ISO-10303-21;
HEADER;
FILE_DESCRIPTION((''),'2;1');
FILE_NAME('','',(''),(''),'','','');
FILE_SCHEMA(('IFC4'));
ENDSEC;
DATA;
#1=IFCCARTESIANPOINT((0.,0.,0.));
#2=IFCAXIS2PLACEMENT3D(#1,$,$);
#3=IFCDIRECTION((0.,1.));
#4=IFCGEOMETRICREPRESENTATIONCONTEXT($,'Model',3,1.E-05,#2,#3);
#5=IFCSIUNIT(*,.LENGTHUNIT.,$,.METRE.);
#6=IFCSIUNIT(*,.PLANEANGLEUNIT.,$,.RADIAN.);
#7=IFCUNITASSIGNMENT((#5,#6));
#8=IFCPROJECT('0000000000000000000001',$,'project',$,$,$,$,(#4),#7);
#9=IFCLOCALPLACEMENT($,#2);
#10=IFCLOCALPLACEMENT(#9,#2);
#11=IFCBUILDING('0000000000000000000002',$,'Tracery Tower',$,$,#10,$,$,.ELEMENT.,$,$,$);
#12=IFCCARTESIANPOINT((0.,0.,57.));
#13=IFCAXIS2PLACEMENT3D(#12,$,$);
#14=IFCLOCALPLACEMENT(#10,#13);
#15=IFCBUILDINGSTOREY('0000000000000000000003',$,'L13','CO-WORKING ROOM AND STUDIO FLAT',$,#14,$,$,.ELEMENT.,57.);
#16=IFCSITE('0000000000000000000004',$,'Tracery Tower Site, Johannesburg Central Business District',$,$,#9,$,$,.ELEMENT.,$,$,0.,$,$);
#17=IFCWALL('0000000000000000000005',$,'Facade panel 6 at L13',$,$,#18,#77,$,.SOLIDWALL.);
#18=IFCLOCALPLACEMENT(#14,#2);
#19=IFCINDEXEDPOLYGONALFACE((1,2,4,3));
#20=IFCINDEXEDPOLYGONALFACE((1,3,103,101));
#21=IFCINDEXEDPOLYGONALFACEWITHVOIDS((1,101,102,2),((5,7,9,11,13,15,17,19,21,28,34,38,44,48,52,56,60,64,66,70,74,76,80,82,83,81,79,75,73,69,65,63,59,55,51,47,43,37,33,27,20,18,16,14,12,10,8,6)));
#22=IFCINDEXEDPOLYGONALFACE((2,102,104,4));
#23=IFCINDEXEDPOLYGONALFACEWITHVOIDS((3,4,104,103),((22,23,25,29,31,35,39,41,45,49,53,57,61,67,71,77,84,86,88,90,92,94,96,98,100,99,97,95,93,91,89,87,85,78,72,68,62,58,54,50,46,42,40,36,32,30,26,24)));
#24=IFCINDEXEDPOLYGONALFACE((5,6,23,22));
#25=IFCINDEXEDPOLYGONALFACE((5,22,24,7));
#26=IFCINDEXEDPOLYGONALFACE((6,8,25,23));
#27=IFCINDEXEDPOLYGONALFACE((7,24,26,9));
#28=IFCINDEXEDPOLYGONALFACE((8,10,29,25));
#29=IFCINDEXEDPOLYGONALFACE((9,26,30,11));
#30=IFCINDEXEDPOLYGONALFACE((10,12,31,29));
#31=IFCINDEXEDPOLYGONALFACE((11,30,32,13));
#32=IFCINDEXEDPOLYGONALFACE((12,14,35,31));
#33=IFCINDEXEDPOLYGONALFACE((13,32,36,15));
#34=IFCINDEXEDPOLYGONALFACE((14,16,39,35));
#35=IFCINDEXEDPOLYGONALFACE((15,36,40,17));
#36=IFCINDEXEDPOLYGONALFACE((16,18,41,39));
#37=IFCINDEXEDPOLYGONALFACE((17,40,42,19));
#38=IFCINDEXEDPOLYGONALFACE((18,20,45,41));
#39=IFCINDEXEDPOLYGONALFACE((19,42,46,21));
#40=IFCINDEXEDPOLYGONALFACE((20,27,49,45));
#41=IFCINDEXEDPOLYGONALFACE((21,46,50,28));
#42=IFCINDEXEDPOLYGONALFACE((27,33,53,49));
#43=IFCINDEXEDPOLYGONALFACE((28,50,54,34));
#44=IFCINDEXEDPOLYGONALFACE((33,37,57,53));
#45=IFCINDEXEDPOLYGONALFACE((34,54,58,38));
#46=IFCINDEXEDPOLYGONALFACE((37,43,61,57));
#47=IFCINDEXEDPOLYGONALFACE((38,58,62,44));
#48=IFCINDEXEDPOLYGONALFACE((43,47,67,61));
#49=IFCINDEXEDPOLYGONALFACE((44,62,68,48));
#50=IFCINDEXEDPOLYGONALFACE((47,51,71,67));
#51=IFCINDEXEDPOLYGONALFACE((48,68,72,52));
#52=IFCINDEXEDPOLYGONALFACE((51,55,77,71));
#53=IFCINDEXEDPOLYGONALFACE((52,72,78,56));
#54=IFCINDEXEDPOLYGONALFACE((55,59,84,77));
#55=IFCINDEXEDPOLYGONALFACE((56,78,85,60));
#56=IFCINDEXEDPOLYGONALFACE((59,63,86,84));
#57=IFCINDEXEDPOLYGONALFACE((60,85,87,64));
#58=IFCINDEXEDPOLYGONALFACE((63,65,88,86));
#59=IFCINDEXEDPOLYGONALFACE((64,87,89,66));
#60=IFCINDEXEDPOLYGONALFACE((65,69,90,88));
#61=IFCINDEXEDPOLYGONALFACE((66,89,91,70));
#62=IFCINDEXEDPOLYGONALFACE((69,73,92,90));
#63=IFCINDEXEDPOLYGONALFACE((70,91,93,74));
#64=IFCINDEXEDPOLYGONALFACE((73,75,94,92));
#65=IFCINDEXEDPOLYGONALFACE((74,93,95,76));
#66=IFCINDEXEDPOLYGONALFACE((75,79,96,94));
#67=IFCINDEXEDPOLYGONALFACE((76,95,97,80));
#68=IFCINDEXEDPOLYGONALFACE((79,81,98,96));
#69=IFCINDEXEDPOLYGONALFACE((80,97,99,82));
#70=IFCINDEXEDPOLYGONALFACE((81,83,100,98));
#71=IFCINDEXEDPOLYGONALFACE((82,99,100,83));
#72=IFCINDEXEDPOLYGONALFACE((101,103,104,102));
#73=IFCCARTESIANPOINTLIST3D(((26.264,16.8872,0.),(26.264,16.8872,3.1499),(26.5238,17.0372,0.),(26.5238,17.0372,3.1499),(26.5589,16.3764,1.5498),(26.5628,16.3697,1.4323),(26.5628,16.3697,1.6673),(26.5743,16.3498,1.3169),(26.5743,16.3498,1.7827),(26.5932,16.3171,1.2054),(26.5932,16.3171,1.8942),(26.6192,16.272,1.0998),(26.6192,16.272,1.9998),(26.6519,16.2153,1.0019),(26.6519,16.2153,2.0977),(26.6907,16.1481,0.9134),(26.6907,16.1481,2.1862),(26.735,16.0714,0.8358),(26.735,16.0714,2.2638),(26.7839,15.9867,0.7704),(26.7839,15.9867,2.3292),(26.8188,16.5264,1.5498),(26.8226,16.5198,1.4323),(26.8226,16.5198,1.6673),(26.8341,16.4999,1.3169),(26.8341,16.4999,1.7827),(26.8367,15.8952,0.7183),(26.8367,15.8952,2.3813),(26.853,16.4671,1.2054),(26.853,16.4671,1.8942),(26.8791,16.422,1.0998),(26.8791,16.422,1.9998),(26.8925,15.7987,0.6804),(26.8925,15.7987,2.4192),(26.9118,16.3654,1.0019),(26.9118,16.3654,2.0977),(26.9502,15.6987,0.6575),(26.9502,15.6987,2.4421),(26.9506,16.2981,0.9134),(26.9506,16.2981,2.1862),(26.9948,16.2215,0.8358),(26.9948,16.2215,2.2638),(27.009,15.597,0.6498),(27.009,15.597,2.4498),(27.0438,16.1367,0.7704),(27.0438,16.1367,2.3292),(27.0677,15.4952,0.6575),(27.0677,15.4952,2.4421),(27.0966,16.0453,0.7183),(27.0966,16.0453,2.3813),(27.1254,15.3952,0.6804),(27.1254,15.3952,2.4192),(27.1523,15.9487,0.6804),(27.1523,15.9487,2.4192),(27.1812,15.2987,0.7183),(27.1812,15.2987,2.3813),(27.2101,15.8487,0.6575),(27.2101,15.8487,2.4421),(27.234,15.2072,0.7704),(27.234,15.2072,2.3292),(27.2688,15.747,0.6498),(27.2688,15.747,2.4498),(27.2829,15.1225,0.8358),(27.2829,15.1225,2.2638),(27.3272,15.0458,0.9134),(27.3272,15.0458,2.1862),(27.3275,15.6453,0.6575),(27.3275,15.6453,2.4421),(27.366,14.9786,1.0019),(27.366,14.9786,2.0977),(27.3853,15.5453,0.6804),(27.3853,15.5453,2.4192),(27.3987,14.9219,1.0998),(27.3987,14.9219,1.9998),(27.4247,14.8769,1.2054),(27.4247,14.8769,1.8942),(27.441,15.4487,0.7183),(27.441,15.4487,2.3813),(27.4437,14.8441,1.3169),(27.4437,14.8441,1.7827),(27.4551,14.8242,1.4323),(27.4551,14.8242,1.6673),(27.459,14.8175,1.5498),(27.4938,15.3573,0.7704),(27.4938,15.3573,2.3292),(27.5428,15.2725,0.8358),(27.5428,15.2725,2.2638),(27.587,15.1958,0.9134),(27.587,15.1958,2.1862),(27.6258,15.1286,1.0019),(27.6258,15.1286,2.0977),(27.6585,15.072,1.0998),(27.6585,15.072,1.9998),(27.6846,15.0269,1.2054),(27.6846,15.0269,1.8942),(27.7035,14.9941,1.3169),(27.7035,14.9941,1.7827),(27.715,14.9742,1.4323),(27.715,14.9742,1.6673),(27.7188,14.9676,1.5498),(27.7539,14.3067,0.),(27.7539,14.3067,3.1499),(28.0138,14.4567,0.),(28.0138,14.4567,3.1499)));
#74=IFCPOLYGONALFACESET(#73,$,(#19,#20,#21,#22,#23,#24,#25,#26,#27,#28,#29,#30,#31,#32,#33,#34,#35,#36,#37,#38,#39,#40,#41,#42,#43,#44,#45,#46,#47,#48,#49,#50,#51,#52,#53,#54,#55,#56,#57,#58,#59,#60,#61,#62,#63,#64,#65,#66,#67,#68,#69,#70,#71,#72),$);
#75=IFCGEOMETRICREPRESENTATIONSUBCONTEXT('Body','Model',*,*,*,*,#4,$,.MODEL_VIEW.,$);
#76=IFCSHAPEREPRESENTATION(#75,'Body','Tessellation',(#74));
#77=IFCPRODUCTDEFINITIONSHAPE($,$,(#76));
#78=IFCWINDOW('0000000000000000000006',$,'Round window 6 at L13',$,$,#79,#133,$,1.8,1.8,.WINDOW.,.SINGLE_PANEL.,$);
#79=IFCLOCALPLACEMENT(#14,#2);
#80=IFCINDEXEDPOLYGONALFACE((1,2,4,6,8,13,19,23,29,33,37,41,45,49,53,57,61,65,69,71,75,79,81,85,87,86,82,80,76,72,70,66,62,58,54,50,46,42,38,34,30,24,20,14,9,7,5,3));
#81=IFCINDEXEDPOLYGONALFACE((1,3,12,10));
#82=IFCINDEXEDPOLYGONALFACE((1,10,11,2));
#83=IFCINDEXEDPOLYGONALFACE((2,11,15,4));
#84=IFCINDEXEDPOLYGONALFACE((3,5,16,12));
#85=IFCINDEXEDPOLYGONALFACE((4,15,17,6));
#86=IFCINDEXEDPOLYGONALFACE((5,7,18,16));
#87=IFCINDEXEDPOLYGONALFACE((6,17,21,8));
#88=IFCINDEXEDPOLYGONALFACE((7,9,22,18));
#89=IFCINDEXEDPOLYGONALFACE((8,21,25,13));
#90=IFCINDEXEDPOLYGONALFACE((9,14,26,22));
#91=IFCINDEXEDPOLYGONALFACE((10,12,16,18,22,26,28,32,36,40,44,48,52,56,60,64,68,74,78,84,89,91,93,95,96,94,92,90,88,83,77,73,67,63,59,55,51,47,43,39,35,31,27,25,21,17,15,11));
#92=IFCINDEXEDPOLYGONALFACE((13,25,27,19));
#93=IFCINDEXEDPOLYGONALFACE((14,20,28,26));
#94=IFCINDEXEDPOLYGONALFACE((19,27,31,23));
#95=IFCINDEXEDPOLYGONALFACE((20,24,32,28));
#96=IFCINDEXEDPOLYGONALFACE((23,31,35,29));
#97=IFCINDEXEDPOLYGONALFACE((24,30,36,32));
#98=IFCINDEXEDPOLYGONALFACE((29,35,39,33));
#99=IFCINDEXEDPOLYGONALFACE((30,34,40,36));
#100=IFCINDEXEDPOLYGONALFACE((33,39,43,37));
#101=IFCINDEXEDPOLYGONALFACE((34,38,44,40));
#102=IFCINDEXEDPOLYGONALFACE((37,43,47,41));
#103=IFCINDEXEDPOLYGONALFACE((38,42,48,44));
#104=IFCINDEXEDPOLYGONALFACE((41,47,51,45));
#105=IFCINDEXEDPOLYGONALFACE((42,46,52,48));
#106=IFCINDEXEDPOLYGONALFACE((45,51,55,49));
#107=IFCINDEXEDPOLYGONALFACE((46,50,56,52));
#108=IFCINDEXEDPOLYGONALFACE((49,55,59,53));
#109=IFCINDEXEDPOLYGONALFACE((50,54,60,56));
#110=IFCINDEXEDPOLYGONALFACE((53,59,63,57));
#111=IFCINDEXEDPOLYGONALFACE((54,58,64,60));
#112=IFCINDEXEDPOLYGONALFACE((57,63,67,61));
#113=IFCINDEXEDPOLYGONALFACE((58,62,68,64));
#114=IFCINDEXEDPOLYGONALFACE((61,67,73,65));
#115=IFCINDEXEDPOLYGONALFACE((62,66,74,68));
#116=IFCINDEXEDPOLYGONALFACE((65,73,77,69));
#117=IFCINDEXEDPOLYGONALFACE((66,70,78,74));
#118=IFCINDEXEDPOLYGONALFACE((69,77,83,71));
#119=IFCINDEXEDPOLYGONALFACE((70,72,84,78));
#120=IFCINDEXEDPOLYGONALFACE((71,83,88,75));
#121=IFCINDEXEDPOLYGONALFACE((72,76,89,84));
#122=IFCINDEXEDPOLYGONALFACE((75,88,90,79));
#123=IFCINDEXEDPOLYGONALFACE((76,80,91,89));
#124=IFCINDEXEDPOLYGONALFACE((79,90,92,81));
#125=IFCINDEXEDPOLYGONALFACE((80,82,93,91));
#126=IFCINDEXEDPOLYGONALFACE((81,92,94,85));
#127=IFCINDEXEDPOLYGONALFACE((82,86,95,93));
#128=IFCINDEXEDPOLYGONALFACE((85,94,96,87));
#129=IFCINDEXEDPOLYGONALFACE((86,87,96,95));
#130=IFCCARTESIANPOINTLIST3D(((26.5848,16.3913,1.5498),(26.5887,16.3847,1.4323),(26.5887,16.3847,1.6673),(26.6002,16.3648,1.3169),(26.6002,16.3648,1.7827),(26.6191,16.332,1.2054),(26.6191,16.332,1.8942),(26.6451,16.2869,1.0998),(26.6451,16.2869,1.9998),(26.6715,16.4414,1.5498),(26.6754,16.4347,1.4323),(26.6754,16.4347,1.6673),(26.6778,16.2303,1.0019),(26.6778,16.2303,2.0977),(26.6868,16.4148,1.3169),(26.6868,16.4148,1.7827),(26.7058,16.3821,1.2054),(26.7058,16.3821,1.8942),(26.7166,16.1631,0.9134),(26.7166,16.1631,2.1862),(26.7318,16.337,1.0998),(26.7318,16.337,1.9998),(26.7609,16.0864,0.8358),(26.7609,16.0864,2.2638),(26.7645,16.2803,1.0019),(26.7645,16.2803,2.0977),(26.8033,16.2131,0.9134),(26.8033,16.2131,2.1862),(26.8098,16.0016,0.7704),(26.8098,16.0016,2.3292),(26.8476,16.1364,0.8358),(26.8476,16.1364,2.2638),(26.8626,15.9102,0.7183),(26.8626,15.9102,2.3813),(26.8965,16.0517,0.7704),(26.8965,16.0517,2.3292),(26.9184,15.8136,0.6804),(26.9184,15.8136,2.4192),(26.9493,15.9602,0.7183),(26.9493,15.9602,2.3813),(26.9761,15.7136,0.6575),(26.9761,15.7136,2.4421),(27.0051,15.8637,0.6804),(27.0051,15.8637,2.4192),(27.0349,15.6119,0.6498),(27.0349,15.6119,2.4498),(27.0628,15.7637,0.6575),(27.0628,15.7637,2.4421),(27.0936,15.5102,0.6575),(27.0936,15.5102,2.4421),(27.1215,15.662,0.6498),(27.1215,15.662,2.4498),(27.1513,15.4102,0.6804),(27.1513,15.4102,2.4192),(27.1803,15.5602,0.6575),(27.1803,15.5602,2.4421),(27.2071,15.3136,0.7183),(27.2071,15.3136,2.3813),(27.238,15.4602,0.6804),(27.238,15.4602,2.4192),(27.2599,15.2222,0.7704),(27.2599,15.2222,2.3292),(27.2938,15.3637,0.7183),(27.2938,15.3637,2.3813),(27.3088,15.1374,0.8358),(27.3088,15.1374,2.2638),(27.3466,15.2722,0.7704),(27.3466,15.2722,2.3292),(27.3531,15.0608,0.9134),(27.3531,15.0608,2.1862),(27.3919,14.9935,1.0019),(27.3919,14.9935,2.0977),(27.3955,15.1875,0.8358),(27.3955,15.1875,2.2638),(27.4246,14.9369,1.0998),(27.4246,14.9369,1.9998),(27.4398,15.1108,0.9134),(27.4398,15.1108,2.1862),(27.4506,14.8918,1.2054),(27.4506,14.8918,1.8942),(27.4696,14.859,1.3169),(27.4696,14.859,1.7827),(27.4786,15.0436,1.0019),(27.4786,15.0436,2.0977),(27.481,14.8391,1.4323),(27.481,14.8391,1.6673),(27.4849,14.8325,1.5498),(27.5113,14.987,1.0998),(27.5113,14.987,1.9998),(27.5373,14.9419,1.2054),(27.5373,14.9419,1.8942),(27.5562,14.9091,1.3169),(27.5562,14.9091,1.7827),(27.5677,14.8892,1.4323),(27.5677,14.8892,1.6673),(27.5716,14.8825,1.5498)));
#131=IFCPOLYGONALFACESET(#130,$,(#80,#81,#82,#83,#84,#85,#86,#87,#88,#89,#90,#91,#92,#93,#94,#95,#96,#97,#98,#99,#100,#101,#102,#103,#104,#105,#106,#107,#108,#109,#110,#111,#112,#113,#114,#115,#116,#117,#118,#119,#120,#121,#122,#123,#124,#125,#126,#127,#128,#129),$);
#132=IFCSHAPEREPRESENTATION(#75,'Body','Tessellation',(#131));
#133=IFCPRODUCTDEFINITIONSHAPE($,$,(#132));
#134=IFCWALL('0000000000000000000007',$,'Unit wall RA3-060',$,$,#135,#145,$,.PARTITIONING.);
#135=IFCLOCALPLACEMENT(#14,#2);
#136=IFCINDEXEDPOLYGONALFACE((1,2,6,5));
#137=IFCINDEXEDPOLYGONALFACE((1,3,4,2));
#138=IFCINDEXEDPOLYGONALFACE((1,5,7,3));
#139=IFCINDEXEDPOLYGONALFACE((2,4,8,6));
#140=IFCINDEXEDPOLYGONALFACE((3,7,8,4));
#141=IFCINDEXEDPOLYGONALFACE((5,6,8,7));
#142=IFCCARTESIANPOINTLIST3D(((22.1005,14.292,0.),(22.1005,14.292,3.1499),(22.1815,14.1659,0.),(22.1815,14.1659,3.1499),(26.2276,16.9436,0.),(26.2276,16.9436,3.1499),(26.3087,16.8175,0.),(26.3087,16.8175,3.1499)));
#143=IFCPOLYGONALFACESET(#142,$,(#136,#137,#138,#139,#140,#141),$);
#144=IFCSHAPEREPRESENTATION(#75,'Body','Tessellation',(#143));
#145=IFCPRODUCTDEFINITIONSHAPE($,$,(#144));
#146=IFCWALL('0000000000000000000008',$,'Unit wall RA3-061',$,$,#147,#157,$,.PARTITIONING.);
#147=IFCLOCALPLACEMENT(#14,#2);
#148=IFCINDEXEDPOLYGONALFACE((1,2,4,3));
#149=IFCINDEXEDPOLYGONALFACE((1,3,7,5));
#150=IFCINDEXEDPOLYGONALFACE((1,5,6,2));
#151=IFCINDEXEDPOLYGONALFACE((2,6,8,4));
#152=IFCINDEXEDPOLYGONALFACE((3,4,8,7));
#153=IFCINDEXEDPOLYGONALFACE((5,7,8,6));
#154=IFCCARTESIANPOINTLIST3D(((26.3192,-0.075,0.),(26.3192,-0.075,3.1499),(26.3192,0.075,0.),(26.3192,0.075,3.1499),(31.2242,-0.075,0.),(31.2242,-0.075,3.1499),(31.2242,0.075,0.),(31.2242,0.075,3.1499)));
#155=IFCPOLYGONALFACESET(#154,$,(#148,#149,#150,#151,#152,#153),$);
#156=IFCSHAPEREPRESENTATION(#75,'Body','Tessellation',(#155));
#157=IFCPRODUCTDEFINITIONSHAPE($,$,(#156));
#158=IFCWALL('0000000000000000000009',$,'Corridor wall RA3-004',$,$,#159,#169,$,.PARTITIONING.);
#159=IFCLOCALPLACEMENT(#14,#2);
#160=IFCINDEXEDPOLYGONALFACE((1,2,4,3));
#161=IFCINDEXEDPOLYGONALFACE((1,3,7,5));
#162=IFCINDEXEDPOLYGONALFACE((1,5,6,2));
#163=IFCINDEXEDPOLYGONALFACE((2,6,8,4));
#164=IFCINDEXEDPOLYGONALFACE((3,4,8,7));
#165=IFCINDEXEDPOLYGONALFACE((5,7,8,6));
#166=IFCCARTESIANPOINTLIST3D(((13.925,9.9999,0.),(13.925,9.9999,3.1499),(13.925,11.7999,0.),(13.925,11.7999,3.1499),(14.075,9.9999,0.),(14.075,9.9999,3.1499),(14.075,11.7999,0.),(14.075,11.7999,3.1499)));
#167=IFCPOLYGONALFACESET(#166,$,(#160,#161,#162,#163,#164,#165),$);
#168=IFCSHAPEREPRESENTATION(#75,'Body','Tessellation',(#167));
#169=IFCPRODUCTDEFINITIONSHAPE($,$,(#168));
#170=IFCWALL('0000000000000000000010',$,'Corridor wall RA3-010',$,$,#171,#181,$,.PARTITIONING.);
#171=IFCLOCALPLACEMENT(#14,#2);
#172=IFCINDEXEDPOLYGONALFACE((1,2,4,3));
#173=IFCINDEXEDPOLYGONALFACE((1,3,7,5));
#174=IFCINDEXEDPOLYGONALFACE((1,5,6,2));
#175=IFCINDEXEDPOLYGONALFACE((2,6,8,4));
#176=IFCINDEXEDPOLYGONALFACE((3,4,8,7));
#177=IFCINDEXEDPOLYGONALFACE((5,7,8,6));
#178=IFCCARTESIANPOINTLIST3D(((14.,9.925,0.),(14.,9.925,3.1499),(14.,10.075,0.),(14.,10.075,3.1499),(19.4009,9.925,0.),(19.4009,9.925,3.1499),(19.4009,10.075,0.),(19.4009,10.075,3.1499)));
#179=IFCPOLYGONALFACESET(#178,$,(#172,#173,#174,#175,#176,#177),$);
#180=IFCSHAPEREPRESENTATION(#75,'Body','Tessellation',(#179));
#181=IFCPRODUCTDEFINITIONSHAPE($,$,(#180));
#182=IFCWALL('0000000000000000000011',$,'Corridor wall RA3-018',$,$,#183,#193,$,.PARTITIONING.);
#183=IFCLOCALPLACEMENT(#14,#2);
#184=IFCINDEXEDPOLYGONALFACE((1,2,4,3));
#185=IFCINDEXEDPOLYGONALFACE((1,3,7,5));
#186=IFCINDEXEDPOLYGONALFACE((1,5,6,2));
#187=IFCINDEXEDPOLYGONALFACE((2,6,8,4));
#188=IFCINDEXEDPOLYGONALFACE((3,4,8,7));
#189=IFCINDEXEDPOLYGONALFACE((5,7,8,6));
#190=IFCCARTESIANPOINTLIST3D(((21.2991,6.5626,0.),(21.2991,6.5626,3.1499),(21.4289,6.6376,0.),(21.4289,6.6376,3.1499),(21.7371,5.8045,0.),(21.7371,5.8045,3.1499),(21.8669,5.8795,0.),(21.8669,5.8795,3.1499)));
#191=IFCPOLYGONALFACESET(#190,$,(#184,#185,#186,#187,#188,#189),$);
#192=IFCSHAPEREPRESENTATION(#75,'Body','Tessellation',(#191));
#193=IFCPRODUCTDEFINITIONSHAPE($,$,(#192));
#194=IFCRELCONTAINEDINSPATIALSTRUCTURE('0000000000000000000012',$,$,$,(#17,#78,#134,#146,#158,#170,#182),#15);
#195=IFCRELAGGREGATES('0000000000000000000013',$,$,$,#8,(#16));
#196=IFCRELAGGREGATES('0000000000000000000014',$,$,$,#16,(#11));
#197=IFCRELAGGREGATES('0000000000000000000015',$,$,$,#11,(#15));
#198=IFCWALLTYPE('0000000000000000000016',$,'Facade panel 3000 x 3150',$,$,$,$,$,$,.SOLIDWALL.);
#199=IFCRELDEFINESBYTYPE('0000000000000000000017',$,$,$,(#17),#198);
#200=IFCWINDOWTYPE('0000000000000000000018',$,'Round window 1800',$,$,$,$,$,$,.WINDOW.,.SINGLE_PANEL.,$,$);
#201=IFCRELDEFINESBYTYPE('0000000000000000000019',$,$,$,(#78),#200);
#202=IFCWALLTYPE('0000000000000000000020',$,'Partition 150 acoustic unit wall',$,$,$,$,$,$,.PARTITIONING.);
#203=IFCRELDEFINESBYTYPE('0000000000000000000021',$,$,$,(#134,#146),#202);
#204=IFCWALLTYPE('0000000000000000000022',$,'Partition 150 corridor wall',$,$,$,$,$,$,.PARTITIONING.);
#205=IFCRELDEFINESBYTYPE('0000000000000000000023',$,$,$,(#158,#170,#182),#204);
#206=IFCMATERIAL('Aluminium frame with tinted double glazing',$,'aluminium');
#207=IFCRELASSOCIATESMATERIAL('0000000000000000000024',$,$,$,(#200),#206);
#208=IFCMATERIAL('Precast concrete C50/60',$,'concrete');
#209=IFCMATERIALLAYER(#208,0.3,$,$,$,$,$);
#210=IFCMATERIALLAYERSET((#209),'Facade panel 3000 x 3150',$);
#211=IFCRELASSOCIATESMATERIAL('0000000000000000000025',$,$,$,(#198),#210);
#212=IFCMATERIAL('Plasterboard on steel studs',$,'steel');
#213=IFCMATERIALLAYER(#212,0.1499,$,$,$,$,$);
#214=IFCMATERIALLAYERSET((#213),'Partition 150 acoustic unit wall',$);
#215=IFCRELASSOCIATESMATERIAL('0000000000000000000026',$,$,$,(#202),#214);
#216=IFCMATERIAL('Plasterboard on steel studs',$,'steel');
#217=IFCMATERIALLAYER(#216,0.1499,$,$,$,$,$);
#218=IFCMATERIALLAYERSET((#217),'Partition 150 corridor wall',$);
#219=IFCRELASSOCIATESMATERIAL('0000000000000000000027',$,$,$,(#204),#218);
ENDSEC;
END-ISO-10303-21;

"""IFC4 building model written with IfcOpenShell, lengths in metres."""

from ifc_helpers import new_model, si_unit, direction, frame, frame_2d, origin, origin_2d, place, context, subcontext, project, spatial, rectangle, circle, extrude, material, layer, layer_set, type_object, element, fill, save


model = new_model("IFC4")

# Units and contexts
model_context = context("Model", 3, precision=1e-05, world=origin(), true_north=direction((0.0, 1.0)))
body_context = subcontext(model_context, "Body", "Model", "MODEL_VIEW")
ifc_project = project(units=[si_unit("LENGTHUNIT", "METRE"), si_unit("PLANEANGLEUNIT", "RADIAN")], contexts=[model_context])

# Site, building, storey
site_placement = place(None, origin())
site = spatial("IfcSite", under=ifc_project, at=site_placement, Name="Tracery Tower Site, Johannesburg Central Business District", CompositionType="ELEMENT", RefElevation=0.0)
building_placement = place(site_placement, origin())
building = spatial("IfcBuilding", under=site, at=building_placement, Name="Tracery Tower", CompositionType="ELEMENT")
storey_placement = place(building_placement, frame((0.0, 0.0, 57.0)))
storey = spatial("IfcBuildingStorey", under=building, at=storey_placement, Name="L13", Description="CO-WORKING ROOM AND STUDIO FLAT", CompositionType="ELEMENT", Elevation=57.0)

# Wall, opening, window
ifc_material_1 = material(Name="Aluminium frame with tinted double glazing", Category="aluminium")
window_type = type_object("IfcWindowType", Name="Round window 1800", PartitioningType="SINGLE_PANEL", PredefinedType="WINDOW", material=ifc_material_1)
ifc_material_2 = material(Name="Precast concrete C50/60", Category="concrete")
ifc_layer_1 = layer(ifc_material_2, 0.3)
ifc_layer_set_1 = layer_set([ifc_layer_1], Name="Facade panel 3000 x 3150")
wall_type_1 = type_object("IfcWallType", Name="Facade panel 3000 x 3150", PredefinedType="SOLIDWALL", material=ifc_layer_set_1)
wall_1_placement = place(storey_placement, frame((27.8838, 14.3818, 0.0), z_axis=(0.0, 0.0, 1.0), x_axis=(-0.500025, 0.866011, 0.0)))
wall_1 = element("IfcWall", 1, at=wall_1_placement, inside=storey, type_object=wall_type_1, Name="Facade panel 6 at L13", PredefinedType="SOLIDWALL", context=body_context, shape_type="SweptSolid", body=[
    extrude(rectangle(XDim=2.9797, YDim=0.3, at=frame_2d((1.4897, 0.0))), origin(), (0.0, 0.0, 1.0), 3.1499),
])
opening_1_placement = place(wall_1_placement, frame((1.4897, 0.0, 1.5498)))
opening_1 = element("IfcOpeningElement", 2, at=opening_1_placement, cuts=wall_1, PredefinedType="OPENING", context=body_context, shape_type="SweptSolid", body=[
    extrude(circle(Radius=0.9, at=origin_2d()), frame((0.0, 0.1599, 0.0), z_axis=(0.0, -1.0, 0.0), x_axis=(1.0, 0.0, 0.0)), (0.0, 0.0, 1.0), 0.3201),
])
window_1_placement = place(opening_1_placement, origin())
window_1 = element("IfcWindow", 3, at=window_1_placement, inside=storey, type_object=window_type, Name="Round window 6 at L13", OverallHeight=1.8, OverallWidth=1.8, PartitioningType="SINGLE_PANEL", PredefinedType="WINDOW", context=body_context, shape_type="SweptSolid", body=[
    extrude(circle(Radius=0.9, at=origin_2d()), frame((0.0, 0.1201, 0.0), z_axis=(0.0, -1.0, 0.0), x_axis=(1.0, 0.0, 0.0)), (0.0, 0.0, 1.0), 0.1001),
])
fill(opening_1, window_1)

# Walls
ifc_material_3 = material(Name="Plasterboard on steel studs", Category="steel")
ifc_layer_2 = layer(ifc_material_3, 0.1499)
ifc_layer_set_2 = layer_set([ifc_layer_2], Name="Partition 150 acoustic unit wall")
wall_type_2 = type_object("IfcWallType", Name="Partition 150 acoustic unit wall", PredefinedType="PARTITIONING", material=ifc_layer_set_2)
wall_2_placement = place(storey_placement, frame((22.1411, 14.229, 0.0), z_axis=(0.0, 0.0, 1.0), x_axis=(0.841326, 0.540529, 0.0)))
element("IfcWall", 4, at=wall_2_placement, inside=storey, type_object=wall_type_2, Name="Unit wall RA3-060", PredefinedType="PARTITIONING", context=body_context, shape_type="SweptSolid", body=[
    extrude(rectangle(XDim=4.9055, YDim=0.1499, at=frame_2d((2.4526, 0.0))), origin(), (0.0, 0.0, 1.0), 3.1499),
])
wall_3_placement = place(storey_placement, frame((26.3191, 0.0, 0.0), z_axis=(0.0, 0.0, 1.0), x_axis=(1.0, 0.0, 0.0)))
element("IfcWall", 5, at=wall_3_placement, inside=storey, type_object=wall_type_2, Name="Unit wall RA3-061", PredefinedType="PARTITIONING", context=body_context, shape_type="SweptSolid", body=[
    extrude(rectangle(XDim=4.905, YDim=0.1499, at=frame_2d((2.4526, 0.0))), origin(), (0.0, 0.0, 1.0), 3.1499),
])
ifc_material_4 = material(Name="Plasterboard on steel studs", Category="steel")
ifc_layer_3 = layer(ifc_material_4, 0.1499)
ifc_layer_set_3 = layer_set([ifc_layer_3], Name="Partition 150 corridor wall")
wall_type_3 = type_object("IfcWallType", Name="Partition 150 corridor wall", PredefinedType="PARTITIONING", material=ifc_layer_set_3)
wall_4_placement = place(storey_placement, frame((14.0, 10.0, 0.0), z_axis=(0.0, 0.0, 1.0), x_axis=(0.0, 1.0, 0.0)))
element("IfcWall", 6, at=wall_4_placement, inside=storey, type_object=wall_type_3, Name="Corridor wall RA3-004", PredefinedType="PARTITIONING", context=body_context, shape_type="SweptSolid", body=[
    extrude(rectangle(XDim=1.8, YDim=0.1499, at=frame_2d((0.8999, 0.0))), origin(), (0.0, 0.0, 1.0), 3.1499),
])
wall_5_placement = place(storey_placement, frame((14.0, 10.0, 0.0), z_axis=(0.0, 0.0, 1.0), x_axis=(1.0, 0.0, 0.0)))
element("IfcWall", 7, at=wall_5_placement, inside=storey, type_object=wall_type_3, Name="Corridor wall RA3-010", PredefinedType="PARTITIONING", context=body_context, shape_type="SweptSolid", body=[
    extrude(rectangle(XDim=5.4009, YDim=0.1499, at=frame_2d((2.7004, 0.0))), origin(), (0.0, 0.0, 1.0), 3.1499),
])
wall_6_placement = place(storey_placement, frame((21.364, 6.6001, 0.0), z_axis=(0.0, 0.0, 1.0), x_axis=(0.500278, -0.865865, 0.0)))
element("IfcWall", 8, at=wall_6_placement, inside=storey, type_object=wall_type_3, Name="Corridor wall RA3-018", PredefinedType="PARTITIONING", context=body_context, shape_type="SweptSolid", body=[
    extrude(rectangle(XDim=0.8755, YDim=0.1499, at=frame_2d((0.4377, 0.0))), origin(), (0.0, 0.0, 1.0), 3.1499),
])

save(model, "model.ifc")
